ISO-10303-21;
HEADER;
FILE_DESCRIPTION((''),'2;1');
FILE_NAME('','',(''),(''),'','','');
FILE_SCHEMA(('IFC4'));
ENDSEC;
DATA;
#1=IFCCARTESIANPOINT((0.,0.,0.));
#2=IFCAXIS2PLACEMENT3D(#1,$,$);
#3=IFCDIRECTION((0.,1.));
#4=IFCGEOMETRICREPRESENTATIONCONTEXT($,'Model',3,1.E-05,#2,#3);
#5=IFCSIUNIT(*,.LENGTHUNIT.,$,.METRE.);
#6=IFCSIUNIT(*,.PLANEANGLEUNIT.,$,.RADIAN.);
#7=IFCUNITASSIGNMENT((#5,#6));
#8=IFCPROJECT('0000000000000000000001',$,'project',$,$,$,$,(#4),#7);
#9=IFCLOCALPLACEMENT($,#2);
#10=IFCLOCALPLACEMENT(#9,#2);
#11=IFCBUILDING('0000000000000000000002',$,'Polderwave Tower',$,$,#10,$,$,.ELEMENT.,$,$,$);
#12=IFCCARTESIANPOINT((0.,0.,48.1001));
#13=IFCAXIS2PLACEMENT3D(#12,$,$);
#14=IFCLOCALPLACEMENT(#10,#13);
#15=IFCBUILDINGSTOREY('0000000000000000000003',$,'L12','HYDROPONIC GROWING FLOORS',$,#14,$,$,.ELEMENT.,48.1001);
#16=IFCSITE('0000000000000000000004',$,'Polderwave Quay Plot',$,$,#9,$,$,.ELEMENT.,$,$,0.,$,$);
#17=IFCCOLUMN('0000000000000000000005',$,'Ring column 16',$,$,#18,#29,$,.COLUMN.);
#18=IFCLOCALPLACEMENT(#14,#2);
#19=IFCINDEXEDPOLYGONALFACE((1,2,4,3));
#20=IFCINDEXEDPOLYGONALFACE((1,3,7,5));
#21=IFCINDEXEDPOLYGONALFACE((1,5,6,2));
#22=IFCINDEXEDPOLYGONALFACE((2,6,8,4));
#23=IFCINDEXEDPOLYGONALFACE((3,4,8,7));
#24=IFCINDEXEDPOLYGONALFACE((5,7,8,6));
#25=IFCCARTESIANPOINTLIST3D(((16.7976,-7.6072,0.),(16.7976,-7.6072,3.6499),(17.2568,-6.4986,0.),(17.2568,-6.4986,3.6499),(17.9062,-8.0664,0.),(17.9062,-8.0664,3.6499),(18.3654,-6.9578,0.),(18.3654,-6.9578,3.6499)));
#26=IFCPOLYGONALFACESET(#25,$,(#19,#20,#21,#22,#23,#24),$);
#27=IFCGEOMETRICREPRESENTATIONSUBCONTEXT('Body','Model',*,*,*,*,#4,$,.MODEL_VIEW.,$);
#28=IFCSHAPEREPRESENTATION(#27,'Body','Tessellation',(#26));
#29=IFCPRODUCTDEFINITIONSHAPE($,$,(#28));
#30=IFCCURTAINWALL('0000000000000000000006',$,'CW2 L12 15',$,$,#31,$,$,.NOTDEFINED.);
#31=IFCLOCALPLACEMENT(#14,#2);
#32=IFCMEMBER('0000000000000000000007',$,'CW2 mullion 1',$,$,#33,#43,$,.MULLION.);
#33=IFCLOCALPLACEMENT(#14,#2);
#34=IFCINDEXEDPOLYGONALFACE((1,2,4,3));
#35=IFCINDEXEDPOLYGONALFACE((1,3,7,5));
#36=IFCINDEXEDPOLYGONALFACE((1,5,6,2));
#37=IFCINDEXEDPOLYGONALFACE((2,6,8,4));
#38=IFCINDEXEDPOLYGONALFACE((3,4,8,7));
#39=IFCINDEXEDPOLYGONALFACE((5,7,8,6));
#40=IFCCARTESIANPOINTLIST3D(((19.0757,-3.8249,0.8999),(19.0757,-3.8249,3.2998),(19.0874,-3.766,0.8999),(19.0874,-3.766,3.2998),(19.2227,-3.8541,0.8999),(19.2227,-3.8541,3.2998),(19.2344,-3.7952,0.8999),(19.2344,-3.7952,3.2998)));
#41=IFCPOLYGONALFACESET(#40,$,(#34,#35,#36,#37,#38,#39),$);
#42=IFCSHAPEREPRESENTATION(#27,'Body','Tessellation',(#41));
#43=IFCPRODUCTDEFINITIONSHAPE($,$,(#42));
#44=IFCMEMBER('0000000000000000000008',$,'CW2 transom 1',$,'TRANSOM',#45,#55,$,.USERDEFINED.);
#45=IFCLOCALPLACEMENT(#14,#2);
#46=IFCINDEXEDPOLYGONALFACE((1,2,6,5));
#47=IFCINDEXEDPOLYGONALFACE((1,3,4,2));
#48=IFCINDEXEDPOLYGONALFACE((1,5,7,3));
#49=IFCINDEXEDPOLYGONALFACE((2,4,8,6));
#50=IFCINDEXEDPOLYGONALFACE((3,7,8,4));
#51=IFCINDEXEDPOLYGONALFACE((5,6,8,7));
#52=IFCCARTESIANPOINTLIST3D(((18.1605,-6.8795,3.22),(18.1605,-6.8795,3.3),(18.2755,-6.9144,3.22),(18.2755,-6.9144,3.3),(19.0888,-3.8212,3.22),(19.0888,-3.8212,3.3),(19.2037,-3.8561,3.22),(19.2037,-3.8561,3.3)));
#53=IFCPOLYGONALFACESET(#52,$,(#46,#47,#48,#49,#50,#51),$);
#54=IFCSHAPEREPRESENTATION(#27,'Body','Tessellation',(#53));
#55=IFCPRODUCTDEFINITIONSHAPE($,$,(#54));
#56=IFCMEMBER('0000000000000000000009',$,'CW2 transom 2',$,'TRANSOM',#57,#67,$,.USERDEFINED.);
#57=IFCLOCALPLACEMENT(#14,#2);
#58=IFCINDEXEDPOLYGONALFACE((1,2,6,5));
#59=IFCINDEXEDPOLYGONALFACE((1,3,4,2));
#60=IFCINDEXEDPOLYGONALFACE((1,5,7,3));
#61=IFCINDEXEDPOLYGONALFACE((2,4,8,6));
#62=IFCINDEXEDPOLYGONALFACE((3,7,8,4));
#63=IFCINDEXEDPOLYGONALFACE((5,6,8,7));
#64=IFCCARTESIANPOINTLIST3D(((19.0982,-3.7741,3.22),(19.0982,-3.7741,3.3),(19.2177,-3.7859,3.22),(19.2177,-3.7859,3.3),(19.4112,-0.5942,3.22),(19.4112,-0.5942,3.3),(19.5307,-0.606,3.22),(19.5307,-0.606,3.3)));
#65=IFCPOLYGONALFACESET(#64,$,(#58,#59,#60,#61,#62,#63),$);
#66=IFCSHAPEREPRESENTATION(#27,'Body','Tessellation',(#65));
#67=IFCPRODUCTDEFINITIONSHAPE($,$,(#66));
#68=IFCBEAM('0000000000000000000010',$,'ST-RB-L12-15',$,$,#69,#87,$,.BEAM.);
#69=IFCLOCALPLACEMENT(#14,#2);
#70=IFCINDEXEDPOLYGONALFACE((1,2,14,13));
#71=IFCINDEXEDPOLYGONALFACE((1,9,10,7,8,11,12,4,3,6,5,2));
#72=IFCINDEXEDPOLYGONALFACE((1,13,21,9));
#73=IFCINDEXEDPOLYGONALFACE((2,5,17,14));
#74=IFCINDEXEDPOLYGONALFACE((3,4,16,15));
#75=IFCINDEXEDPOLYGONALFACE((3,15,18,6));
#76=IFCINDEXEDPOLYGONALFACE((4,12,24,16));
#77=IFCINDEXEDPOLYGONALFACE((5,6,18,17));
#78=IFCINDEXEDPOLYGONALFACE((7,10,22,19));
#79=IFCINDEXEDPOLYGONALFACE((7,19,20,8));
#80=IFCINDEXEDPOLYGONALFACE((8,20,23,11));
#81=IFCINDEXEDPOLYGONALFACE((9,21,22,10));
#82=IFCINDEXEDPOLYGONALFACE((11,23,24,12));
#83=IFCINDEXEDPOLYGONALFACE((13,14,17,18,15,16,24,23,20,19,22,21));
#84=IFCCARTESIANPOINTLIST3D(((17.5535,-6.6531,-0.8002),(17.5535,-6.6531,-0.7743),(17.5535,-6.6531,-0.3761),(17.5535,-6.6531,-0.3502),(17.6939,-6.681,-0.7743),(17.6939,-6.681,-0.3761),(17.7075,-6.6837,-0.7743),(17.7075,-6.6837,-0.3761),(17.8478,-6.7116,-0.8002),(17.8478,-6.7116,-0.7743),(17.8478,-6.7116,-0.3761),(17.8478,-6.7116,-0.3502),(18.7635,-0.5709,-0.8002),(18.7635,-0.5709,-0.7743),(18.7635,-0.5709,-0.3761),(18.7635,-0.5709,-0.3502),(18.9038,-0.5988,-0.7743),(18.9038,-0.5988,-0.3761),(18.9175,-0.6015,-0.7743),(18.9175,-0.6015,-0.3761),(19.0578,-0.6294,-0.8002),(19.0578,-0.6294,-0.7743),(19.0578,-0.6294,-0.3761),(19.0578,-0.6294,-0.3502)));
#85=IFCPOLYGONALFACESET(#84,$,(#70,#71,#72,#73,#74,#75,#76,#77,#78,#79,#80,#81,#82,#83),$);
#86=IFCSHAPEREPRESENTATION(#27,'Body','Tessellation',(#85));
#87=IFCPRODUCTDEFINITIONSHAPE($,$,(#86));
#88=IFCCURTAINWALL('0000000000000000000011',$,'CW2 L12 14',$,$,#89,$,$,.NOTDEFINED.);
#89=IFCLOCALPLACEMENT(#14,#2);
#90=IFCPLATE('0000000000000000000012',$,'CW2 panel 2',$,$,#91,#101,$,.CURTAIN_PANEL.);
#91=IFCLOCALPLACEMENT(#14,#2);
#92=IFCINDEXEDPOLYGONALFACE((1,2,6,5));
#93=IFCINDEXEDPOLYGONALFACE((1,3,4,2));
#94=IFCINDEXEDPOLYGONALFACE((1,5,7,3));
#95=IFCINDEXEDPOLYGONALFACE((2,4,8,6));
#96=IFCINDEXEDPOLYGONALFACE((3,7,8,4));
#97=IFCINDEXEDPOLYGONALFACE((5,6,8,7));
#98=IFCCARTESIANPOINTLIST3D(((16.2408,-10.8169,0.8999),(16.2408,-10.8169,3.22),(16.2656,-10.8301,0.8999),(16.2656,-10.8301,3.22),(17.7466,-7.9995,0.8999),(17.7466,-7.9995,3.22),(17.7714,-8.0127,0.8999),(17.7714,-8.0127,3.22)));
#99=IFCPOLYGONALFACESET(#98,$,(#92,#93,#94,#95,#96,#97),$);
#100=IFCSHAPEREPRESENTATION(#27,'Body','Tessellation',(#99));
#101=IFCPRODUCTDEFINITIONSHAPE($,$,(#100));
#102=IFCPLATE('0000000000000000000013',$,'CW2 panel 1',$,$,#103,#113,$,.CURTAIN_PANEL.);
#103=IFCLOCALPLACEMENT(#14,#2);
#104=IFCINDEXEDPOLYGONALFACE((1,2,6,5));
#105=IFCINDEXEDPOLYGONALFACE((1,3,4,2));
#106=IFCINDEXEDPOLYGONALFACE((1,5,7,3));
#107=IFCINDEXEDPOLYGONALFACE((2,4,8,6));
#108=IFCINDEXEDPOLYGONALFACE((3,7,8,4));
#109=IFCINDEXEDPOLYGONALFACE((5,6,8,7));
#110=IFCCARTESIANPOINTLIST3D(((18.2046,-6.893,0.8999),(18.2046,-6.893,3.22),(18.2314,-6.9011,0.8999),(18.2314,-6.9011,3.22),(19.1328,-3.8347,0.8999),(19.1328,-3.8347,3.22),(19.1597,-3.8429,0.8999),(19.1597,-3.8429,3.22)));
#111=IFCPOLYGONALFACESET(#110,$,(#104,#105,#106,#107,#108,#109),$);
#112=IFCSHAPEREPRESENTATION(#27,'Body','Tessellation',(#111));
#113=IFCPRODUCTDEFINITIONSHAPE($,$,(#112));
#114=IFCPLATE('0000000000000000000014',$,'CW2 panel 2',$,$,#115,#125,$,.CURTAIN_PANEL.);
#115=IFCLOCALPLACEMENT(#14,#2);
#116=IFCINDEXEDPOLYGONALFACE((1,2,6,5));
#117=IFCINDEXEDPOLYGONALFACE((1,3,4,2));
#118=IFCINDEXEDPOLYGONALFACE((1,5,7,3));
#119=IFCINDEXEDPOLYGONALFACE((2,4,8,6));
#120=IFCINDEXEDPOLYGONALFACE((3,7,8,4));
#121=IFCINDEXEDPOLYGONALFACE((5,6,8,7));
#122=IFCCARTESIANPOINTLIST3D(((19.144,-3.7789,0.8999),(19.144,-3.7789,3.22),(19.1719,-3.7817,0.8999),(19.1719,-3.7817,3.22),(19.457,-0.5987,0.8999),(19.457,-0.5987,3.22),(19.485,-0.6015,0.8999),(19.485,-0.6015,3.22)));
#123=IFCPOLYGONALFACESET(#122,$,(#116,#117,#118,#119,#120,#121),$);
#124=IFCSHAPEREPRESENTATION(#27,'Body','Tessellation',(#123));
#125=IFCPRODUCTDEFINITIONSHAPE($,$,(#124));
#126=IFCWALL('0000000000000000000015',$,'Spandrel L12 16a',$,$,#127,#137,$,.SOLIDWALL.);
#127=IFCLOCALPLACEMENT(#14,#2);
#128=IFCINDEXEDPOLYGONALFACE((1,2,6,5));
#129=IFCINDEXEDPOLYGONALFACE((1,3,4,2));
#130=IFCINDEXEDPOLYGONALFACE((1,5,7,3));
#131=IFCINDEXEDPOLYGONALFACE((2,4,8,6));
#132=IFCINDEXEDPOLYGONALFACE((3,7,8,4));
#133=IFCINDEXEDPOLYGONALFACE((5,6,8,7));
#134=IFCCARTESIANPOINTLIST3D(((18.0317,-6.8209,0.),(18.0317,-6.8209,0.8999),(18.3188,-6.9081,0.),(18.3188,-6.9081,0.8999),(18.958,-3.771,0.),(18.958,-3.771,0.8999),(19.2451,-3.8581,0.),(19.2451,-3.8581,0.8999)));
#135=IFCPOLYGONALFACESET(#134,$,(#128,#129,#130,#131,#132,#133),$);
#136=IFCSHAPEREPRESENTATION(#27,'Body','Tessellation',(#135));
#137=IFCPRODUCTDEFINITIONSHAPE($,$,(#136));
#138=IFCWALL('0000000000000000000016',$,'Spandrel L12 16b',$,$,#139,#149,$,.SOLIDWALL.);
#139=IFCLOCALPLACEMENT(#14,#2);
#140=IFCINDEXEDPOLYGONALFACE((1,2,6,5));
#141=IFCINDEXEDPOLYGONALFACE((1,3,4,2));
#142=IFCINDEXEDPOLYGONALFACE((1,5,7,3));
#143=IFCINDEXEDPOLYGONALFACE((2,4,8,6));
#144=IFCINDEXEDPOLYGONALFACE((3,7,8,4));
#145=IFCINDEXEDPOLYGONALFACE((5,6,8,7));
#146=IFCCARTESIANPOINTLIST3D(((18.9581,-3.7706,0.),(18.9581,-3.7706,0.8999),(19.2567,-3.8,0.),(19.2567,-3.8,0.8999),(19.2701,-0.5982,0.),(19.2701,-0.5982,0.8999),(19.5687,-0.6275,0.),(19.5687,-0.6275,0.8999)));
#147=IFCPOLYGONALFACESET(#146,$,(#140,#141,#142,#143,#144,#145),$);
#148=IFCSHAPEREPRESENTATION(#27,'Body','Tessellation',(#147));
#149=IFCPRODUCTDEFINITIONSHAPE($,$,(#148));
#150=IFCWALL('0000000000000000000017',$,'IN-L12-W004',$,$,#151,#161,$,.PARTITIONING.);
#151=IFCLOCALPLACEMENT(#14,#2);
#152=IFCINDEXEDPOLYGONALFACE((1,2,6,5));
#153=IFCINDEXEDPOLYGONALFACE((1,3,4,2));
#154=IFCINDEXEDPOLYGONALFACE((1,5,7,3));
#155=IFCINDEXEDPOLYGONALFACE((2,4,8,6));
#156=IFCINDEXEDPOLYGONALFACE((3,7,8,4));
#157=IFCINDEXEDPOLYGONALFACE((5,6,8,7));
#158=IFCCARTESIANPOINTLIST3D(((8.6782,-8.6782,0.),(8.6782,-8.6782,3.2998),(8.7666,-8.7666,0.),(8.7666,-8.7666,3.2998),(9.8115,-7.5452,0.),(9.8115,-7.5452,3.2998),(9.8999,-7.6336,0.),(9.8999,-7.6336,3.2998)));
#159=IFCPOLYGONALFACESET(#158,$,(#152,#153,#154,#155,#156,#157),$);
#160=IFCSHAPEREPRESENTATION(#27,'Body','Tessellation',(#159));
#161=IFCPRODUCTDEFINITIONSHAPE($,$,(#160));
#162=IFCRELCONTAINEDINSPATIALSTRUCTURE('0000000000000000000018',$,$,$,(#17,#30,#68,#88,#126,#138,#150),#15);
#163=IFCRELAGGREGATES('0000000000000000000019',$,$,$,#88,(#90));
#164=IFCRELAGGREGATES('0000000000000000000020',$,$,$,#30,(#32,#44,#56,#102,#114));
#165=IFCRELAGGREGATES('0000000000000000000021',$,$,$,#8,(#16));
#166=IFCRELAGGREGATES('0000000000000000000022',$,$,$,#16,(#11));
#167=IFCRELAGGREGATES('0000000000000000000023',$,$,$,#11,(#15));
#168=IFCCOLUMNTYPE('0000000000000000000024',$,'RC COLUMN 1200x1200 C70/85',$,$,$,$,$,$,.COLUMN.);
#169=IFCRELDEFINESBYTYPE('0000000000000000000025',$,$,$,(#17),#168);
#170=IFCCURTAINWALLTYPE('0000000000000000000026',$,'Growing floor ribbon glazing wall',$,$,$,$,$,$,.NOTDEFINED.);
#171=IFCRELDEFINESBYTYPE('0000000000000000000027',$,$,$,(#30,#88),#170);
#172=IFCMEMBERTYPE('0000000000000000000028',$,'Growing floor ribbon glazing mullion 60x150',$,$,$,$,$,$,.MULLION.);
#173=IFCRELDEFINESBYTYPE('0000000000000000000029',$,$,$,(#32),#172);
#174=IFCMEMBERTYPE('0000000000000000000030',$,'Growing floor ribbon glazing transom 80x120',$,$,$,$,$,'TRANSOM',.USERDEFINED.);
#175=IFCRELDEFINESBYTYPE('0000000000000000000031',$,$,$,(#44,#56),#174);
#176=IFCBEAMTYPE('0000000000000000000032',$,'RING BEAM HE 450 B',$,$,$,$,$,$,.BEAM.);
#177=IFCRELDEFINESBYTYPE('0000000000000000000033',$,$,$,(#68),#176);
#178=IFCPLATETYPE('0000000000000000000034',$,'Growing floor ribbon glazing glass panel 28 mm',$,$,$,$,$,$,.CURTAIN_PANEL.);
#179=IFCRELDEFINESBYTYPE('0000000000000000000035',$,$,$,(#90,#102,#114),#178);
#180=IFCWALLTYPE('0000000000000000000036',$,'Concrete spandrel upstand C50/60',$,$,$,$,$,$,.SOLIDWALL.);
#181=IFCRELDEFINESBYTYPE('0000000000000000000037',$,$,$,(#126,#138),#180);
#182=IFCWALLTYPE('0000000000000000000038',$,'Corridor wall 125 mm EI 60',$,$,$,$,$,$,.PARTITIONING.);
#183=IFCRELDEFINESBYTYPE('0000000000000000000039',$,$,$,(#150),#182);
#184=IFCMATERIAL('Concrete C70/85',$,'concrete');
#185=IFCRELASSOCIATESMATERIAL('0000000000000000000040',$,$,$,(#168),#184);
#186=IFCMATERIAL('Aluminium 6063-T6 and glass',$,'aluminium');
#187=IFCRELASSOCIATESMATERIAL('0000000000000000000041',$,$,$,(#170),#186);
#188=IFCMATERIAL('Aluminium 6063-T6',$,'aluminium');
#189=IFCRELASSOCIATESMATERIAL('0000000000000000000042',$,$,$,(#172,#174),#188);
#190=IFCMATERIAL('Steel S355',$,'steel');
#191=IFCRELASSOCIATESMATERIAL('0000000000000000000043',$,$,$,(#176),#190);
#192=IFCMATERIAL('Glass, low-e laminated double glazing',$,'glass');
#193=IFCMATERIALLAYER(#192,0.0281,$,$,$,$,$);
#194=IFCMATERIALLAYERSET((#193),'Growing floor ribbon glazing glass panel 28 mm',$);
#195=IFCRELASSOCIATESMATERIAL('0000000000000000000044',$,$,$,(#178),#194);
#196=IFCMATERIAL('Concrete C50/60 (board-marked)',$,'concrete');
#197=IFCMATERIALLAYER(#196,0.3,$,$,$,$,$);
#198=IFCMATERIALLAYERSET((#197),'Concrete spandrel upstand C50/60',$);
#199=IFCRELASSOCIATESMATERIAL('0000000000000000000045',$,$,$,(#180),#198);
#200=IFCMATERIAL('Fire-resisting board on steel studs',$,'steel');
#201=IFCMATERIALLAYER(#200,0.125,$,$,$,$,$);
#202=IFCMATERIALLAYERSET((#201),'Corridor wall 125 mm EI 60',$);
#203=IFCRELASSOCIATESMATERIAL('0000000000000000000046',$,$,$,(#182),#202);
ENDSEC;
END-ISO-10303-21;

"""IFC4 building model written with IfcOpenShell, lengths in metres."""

from ifc_helpers import new_model, si_unit, direction, frame, frame_2d, origin, origin_2d, place, context, subcontext, project, spatial, rectangle, i_section, extrude, material, layer, layer_set, material_profile, profile_set, type_object, element, aggregate, save


model = new_model("IFC4")

# Units and contexts
model_context = context("Model", 3, precision=1e-05, world=origin(), true_north=direction((0.0, 1.0)))
body_context = subcontext(model_context, "Body", "Model", "MODEL_VIEW")
ifc_project = project(units=[si_unit("LENGTHUNIT", "METRE"), si_unit("PLANEANGLEUNIT", "RADIAN")], contexts=[model_context])

# Site, building, storey
site_placement = place(None, origin())
site = spatial("IfcSite", under=ifc_project, at=site_placement, Name="Polderwave Quay Plot", CompositionType="ELEMENT", RefElevation=0.0)
building_placement = place(site_placement, origin())
building = spatial("IfcBuilding", under=site, at=building_placement, Name="Polderwave Tower", CompositionType="ELEMENT")
storey_placement = place(building_placement, frame((0.0, 0.0, 48.1001)))
storey = spatial("IfcBuildingStorey", under=building, at=storey_placement, Name="L12", Description="HYDROPONIC GROWING FLOORS", CompositionType="ELEMENT", Elevation=48.1001)

# Column
ifc_material_1 = material(Name="Concrete C70/85", Category="concrete")
ifc_material_profile_1 = material_profile(ifc_material_1, rectangle(XDim=1.2, YDim=1.2, at=origin_2d()), Name="RC 1200x1200")
ifc_profile_set_1 = profile_set([ifc_material_profile_1], Name="Concrete C70/85")
column_type = type_object("IfcColumnType", Name="RC COLUMN 1200x1200 C70/85", PredefinedType="COLUMN", material=ifc_profile_set_1)
column_placement = place(storey_placement, frame((17.5815, -7.2825, 0.0), z_axis=(0.0, 0.0, 1.0), x_axis=(0.92388, -0.382683, 0.0)))
element("IfcColumn", 1, at=column_placement, inside=storey, type_object=column_type, Name="Ring column 16", PredefinedType="COLUMN", context=body_context, shape_type="SweptSolid", body=[
    extrude(rectangle(XDim=1.2, YDim=1.2, at=origin_2d()), origin(), (0.0, 0.0, 1.0), 3.6499),
])

# Curtain wall, members
ifc_material_2 = material(Name="Aluminium 6063-T6 and glass", Category="aluminium")
curtain_wall_type = type_object("IfcCurtainWallType", Name="Growing floor ribbon glazing wall", PredefinedType="NOTDEFINED", material=ifc_material_2)
curtain_wall_1_placement = place(storey_placement, origin())
curtain_wall_1 = element("IfcCurtainWall", 2, at=curtain_wall_1_placement, inside=storey, type_object=curtain_wall_type, Name="CW2 L12 15", PredefinedType="NOTDEFINED")
ifc_material_3 = material(Name="Aluminium 6063-T6", Category="aluminium")
ifc_material_profile_2 = material_profile(ifc_material_3, rectangle(XDim=0.1499, YDim=0.0601, at=origin_2d()), Name="AL 60x150")
ifc_profile_set_2 = profile_set([ifc_material_profile_2], Name="Aluminium 6063-T6")
member_type_1 = type_object("IfcMemberType", Name="Growing floor ribbon glazing mullion 60x150", PredefinedType="MULLION", material=ifc_profile_set_2)
member_1_placement = place(storey_placement, frame((19.155, -3.8101, 0.8999), z_axis=(0.0, 0.0, 1.0), x_axis=(-0.980774, 0.195149, 0.0)))
member_1 = element("IfcMember", 3, at=member_1_placement, type_object=member_type_1, Name="CW2 mullion 1", PredefinedType="MULLION", context=body_context, shape_type="SweptSolid", body=[
    extrude(rectangle(XDim=0.1499, YDim=0.0601, at=origin_2d()), origin(), (0.0, 0.0, 1.0), 2.3999),
])
ifc_material_profile_3 = material_profile(ifc_material_3, rectangle(XDim=0.1201, YDim=0.0801, at=origin_2d()), Name="AL 80x120")
ifc_profile_set_3 = profile_set([ifc_material_profile_3], Name="Aluminium 6063-T6")
member_type_2 = type_object("IfcMemberType", Name="Growing floor ribbon glazing transom 80x120", ElementType="TRANSOM", PredefinedType="USERDEFINED", material=ifc_profile_set_3)
member_2_placement = place(storey_placement, frame((18.218, -6.897, 3.26), z_axis=(0.290423, 0.956898, 0.0), x_axis=(-0.956898, 0.290423, 0.0)))
member_2 = element("IfcMember", 4, at=member_2_placement, type_object=member_type_2, Name="CW2 transom 1", ObjectType="TRANSOM", PredefinedType="USERDEFINED", context=body_context, shape_type="SweptSolid", body=[
    extrude(rectangle(XDim=0.1201, YDim=0.0801, at=origin_2d()), origin(), (0.0, 0.0, 1.0), 3.196),
])
member_3_placement = place(storey_placement, frame((19.158, -3.78, 3.26), z_axis=(0.097953, 0.995191, 0.0), x_axis=(-0.995191, 0.097953, 0.0)))
member_3 = element("IfcMember", 5, at=member_3_placement, type_object=member_type_2, Name="CW2 transom 2", ObjectType="TRANSOM", PredefinedType="USERDEFINED", context=body_context, shape_type="SweptSolid", body=[
    extrude(rectangle(XDim=0.1201, YDim=0.0801, at=origin_2d()), origin(), (0.0, 0.0, 1.0), 3.1953),
])

# Beam
ifc_material_4 = material(Name="Steel S355", Category="steel")
ifc_material_profile_4 = material_profile(ifc_material_4, i_section(OverallWidth=0.3, OverallDepth=0.45, WebThickness=0.0139, FlangeThickness=0.0259, at=origin_2d()), Name="HE 450 B")
ifc_profile_set_4 = profile_set([ifc_material_profile_4], Name="Steel S355")
beam_type = type_object("IfcBeamType", Name="RING BEAM HE 450 B", PredefinedType="BEAM", material=ifc_profile_set_4)
beam_placement = place(storey_placement, frame((17.7007, -6.6824, -0.5752), z_axis=(0.195109, 0.980782, 0.0), x_axis=(-0.980782, 0.195109, 0.0)))
element("IfcBeam", 6, at=beam_placement, inside=storey, type_object=beam_type, Name="ST-RB-L12-15", PredefinedType="BEAM", context=body_context, shape_type="SweptSolid", body=[
    extrude(i_section(OverallWidth=0.3, OverallDepth=0.45, WebThickness=0.0139, FlangeThickness=0.0259, at=origin_2d()), origin(), (0.0, 0.0, 1.0), 6.2014),
])

# Curtain wall, plate
curtain_wall_2_placement = place(storey_placement, origin())
curtain_wall_2 = element("IfcCurtainWall", 7, at=curtain_wall_2_placement, inside=storey, type_object=curtain_wall_type, Name="CW2 L12 14", PredefinedType="NOTDEFINED")
ifc_material_5 = material(Name="Glass, low-e laminated double glazing", Category="glass")
ifc_layer_1 = layer(ifc_material_5, 0.0281)
ifc_layer_set_1 = layer_set([ifc_layer_1], Name="Growing floor ribbon glazing glass panel 28 mm")
plate_type = type_object("IfcPlateType", Name="Growing floor ribbon glazing glass panel 28 mm", PredefinedType="CURTAIN_PANEL", material=ifc_layer_set_1)
plate_1_placement = place(storey_placement, frame((17.0061, -9.4148, 0.8999), z_axis=(0.0, 0.0, 1.0), x_axis=(0.471361, 0.88194, 0.0)))
plate_1 = element("IfcPlate", 8, at=plate_1_placement, type_object=plate_type, Name="CW2 panel 2", PredefinedType="CURTAIN_PANEL", context=body_context, shape_type="SweptSolid", body=[
    extrude(rectangle(XDim=3.1946, YDim=0.0281, at=origin_2d()), origin(), (0.0, 0.0, 1.0), 2.3201),
])
aggregate(curtain_wall_2, [plate_1])

# Plates
plate_2_placement = place(storey_placement, frame((18.6821, -5.3679, 0.8999), z_axis=(0.0, 0.0, 1.0), x_axis=(0.290447, 0.956891, 0.0)))
plate_2 = element("IfcPlate", 9, at=plate_2_placement, type_object=plate_type, Name="CW2 panel 1", PredefinedType="CURTAIN_PANEL", context=body_context, shape_type="SweptSolid", body=[
    extrude(rectangle(XDim=3.196, YDim=0.0281, at=origin_2d()), origin(), (0.0, 0.0, 1.0), 2.3201),
])
plate_3_placement = place(storey_placement, frame((19.3145, -2.1902, 0.8999), z_axis=(0.0, 0.0, 1.0), x_axis=(0.097969, 0.99519, 0.0)))
plate_3 = element("IfcPlate", 10, at=plate_3_placement, type_object=plate_type, Name="CW2 panel 2", PredefinedType="CURTAIN_PANEL", context=body_context, shape_type="SweptSolid", body=[
    extrude(rectangle(XDim=3.1956, YDim=0.0281, at=origin_2d()), origin(), (0.0, 0.0, 1.0), 2.3201),
])
aggregate(curtain_wall_1, [member_1, member_2, member_3, plate_2, plate_3])

# Walls
ifc_material_6 = material(Name="Concrete C50/60 (board-marked)", Category="concrete")
ifc_layer_2 = layer(ifc_material_6, 0.3)
ifc_layer_set_2 = layer_set([ifc_layer_2], Name="Concrete spandrel upstand C50/60")
wall_type_1 = type_object("IfcWallType", Name="Concrete spandrel upstand C50/60", PredefinedType="SOLIDWALL", material=ifc_layer_set_2)
wall_1_placement = place(storey_placement, frame((18.1753, -6.8645, 0.0), z_axis=(0.0, 0.0, 1.0), x_axis=(0.290586, 0.956849, 0.0)))
element("IfcWall", 11, at=wall_1_placement, inside=storey, type_object=wall_type_1, Name="Spandrel L12 16a", PredefinedType="SOLIDWALL", context=body_context, shape_type="SweptSolid", body=[
    extrude(rectangle(XDim=3.1875, YDim=0.3, at=frame_2d((1.5938, 0.0))), origin(), (0.0, 0.0, 1.0), 0.8999),
])
wall_2_placement = place(storey_placement, frame((19.1074, -3.7852, 0.0), z_axis=(0.0, 0.0, 1.0), x_axis=(0.097881, 0.995198, 0.0)))
element("IfcWall", 12, at=wall_2_placement, inside=storey, type_object=wall_type_1, Name="Spandrel L12 16b", PredefinedType="SOLIDWALL", context=body_context, shape_type="SweptSolid", body=[
    extrude(rectangle(XDim=3.1877, YDim=0.3, at=frame_2d((1.5938, 0.0))), origin(), (0.0, 0.0, 1.0), 0.8999),
])
ifc_material_7 = material(Name="Fire-resisting board on steel studs", Category="steel")
ifc_layer_3 = layer(ifc_material_7, 0.125)
ifc_layer_set_3 = layer_set([ifc_layer_3], Name="Corridor wall 125 mm EI 60")
wall_type_2 = type_object("IfcWallType", Name="Corridor wall 125 mm EI 60", PredefinedType="PARTITIONING", material=ifc_layer_set_3)
wall_3_placement = place(storey_placement, frame((9.8557, -7.5894, 0.0), z_axis=(0.0, 0.0, 1.0), x_axis=(-0.707183, -0.707031, 0.0)))
element("IfcWall", 13, at=wall_3_placement, inside=storey, type_object=wall_type_2, Name="IN-L12-W004", PredefinedType="PARTITIONING", context=body_context, shape_type="SweptSolid", body=[
    extrude(rectangle(XDim=1.6025, YDim=0.125, at=frame_2d((0.8013, 0.0))), origin(), (0.0, 0.0, 1.0), 3.2998),
])

save(model, "model.ifc")
